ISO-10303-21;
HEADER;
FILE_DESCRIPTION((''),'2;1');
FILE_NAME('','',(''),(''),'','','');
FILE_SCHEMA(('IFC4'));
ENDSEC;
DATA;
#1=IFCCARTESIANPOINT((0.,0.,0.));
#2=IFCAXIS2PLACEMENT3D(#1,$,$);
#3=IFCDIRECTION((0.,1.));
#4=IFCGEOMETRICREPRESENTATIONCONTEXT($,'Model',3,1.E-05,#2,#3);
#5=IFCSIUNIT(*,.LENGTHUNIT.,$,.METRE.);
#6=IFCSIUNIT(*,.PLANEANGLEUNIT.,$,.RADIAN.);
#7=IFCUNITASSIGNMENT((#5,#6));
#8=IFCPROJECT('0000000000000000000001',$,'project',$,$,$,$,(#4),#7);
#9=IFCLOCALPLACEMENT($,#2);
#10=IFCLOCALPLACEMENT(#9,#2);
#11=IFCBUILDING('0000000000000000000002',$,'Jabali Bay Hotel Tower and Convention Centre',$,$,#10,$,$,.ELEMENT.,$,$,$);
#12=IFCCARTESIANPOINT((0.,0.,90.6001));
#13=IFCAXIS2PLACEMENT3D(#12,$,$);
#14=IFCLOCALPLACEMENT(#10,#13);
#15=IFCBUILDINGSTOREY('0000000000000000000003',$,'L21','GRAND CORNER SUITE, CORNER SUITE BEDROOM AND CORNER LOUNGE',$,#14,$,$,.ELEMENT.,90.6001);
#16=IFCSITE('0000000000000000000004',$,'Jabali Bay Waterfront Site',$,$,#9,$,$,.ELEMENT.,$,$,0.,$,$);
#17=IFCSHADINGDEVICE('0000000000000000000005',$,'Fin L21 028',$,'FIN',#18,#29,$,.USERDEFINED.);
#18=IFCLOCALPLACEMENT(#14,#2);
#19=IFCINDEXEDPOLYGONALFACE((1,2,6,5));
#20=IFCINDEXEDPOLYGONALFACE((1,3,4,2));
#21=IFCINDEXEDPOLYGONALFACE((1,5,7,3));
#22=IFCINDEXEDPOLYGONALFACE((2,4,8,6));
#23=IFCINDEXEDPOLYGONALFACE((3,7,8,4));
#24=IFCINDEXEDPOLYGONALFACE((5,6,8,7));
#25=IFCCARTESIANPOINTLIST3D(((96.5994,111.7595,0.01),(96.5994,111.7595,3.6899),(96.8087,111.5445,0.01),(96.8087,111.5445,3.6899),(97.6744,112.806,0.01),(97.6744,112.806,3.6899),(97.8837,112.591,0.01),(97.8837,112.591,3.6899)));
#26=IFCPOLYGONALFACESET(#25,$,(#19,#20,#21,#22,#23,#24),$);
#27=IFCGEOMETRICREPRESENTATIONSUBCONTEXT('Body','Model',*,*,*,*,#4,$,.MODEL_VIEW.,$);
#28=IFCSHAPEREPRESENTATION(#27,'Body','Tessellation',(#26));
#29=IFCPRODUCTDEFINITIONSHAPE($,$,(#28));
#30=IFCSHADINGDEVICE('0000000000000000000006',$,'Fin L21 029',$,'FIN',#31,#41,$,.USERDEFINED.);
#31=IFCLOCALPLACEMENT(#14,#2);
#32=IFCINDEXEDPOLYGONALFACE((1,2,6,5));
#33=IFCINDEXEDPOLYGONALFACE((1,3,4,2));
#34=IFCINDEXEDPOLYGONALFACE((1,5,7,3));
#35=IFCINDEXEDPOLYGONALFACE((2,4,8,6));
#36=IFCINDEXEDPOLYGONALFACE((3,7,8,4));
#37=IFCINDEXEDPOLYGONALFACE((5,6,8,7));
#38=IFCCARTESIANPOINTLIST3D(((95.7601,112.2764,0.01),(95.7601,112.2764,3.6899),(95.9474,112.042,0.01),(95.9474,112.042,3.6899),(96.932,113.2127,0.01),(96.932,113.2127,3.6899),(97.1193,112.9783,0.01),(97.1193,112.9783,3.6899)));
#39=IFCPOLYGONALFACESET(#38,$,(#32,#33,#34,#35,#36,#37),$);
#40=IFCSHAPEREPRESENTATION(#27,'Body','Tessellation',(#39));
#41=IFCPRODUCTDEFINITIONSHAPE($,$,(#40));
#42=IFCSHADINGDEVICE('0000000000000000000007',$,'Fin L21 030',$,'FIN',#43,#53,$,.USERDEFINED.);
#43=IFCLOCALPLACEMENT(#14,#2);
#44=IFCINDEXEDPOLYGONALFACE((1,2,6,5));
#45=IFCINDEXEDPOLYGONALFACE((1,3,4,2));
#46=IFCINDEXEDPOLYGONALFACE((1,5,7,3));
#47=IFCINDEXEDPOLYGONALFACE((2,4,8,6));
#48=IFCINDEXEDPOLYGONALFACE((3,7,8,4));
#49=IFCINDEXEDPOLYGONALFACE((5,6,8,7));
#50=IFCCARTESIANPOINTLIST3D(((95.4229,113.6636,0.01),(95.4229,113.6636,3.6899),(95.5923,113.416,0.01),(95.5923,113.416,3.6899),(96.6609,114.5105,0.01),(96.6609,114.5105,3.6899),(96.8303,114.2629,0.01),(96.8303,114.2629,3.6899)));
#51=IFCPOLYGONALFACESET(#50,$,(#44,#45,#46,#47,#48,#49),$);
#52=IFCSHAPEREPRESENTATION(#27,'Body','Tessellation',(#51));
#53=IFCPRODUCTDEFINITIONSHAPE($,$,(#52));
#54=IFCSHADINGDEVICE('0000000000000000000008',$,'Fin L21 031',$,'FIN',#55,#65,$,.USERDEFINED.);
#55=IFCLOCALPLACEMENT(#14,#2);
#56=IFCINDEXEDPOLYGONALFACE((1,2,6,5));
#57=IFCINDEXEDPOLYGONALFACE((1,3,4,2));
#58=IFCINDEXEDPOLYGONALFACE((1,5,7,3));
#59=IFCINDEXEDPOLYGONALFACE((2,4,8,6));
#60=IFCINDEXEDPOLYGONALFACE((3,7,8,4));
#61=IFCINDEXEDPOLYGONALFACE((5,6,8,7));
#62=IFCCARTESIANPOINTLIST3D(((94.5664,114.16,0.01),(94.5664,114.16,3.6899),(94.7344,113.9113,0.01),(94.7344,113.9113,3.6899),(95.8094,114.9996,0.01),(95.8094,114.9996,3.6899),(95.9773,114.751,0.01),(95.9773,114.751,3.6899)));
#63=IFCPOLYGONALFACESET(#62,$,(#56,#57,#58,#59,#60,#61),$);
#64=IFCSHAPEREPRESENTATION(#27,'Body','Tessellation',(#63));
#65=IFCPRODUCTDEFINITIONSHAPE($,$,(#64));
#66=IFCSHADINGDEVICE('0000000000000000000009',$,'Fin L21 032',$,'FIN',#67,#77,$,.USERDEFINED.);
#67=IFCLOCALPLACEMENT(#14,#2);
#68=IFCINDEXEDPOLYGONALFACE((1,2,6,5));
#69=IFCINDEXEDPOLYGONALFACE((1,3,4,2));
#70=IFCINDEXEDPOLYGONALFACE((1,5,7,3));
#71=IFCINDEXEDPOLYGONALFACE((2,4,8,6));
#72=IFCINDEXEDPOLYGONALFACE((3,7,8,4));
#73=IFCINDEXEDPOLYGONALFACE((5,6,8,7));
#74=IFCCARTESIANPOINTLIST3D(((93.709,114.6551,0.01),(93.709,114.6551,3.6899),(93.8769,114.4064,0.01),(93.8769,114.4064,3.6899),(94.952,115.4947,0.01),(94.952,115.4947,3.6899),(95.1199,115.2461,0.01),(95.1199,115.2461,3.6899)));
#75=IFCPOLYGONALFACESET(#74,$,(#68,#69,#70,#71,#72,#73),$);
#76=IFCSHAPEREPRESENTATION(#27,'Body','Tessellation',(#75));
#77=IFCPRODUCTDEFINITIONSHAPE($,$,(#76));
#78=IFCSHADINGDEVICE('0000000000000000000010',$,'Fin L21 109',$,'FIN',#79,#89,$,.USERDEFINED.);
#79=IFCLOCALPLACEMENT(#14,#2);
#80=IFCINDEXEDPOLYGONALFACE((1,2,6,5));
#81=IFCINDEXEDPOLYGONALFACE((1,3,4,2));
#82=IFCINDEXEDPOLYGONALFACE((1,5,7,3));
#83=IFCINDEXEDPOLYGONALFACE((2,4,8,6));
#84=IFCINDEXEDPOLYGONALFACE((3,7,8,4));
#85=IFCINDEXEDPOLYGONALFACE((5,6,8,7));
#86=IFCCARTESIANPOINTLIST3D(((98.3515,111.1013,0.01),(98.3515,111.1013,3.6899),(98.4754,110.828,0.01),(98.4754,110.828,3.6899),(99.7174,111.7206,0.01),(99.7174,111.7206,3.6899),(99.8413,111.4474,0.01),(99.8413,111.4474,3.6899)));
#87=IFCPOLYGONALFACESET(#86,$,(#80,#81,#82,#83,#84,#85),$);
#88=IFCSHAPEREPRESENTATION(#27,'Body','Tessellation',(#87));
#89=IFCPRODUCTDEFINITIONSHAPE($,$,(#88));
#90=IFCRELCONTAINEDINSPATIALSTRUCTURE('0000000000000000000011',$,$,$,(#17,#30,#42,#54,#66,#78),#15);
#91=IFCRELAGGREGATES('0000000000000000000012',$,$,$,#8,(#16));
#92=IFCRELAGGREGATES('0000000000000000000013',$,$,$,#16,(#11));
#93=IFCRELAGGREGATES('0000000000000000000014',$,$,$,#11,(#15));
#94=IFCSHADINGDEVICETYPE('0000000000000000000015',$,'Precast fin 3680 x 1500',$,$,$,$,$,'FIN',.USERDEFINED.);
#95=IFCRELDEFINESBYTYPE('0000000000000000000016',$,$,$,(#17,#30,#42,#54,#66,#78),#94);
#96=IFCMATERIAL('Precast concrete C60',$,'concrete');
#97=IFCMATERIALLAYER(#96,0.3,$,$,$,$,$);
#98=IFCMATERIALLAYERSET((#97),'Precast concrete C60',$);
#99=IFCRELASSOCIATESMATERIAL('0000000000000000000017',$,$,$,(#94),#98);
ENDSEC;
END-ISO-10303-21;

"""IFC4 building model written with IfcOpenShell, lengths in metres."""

from ifc_helpers import new_model, si_unit, direction, frame, frame_2d, origin, place, context, subcontext, project, spatial, rectangle, extrude, material, layer, layer_set, type_object, element, save


model = new_model("IFC4")

# Units and contexts
model_context = context("Model", 3, precision=1e-05, world=origin(), true_north=direction((0.0, 1.0)))
body_context = subcontext(model_context, "Body", "Model", "MODEL_VIEW")
ifc_project = project(units=[si_unit("LENGTHUNIT", "METRE"), si_unit("PLANEANGLEUNIT", "RADIAN")], contexts=[model_context])

# Site, building, storey
site_placement = place(None, origin())
site = spatial("IfcSite", under=ifc_project, at=site_placement, Name="Jabali Bay Waterfront Site", CompositionType="ELEMENT", RefElevation=0.0)
building_placement = place(site_placement, origin())
building = spatial("IfcBuilding", under=site, at=building_placement, Name="Jabali Bay Hotel Tower and Convention Centre", CompositionType="ELEMENT")
storey_placement = place(building_placement, frame((0.0, 0.0, 90.6001)))
storey = spatial("IfcBuildingStorey", under=building, at=storey_placement, Name="L21", Description="GRAND CORNER SUITE, CORNER SUITE BEDROOM AND CORNER LOUNGE", CompositionType="ELEMENT", Elevation=90.6001)

# Shading devices
ifc_material_1 = material(Name="Precast concrete C60", Category="concrete")
ifc_layer_1 = layer(ifc_material_1, 0.3)
ifc_layer_set_1 = layer_set([ifc_layer_1], Name="Precast concrete C60")
shading_device_type = type_object("IfcShadingDeviceType", Name="Precast fin 3680 x 1500", ElementType="FIN", PredefinedType="USERDEFINED", material=ifc_layer_set_1)
shading_device_1_placement = place(storey_placement, frame((96.7041, 111.6521, 0.01), z_axis=(0.0, 0.0, 1.0), x_axis=(0.716563, 0.697522, 0.0)))
element("IfcShadingDevice", 1, at=shading_device_1_placement, inside=storey, type_object=shading_device_type, Name="Fin L21 028", ObjectType="FIN", PredefinedType="USERDEFINED", context=body_context, shape_type="SweptSolid", body=[
    extrude(rectangle(XDim=1.5002, YDim=0.3, at=frame_2d((0.75, 0.0))), origin(), (0.0, 0.0, 1.0), 3.6799),
])
for number, where, z_axis, x_axis, name in (
    (2, (95.8538, 112.1592, 0.01), (0.0, 0.0, 1.0), (0.781266, 0.624199, 0.0), "Fin L21 029"),
    (3, (95.5076, 113.5398, 0.01), (0.0, 0.0, 1.0), (0.825355, 0.564614, 0.0), "Fin L21 030"),
    (4, (94.6504, 114.0356, 0.01), (0.0, 0.0, 1.0), (0.828654, 0.559761, 0.0), "Fin L21 031"),
    (5, (93.793, 114.5308, 0.01), (0.0, 0.0, 1.0), (0.828654, 0.559761, 0.0), "Fin L21 032"),
):
    element("IfcShadingDevice", number, at=place(storey_placement, frame(where, z_axis=z_axis, x_axis=x_axis)), inside=storey, type_object=shading_device_type, Name=name, ObjectType="FIN", PredefinedType="USERDEFINED", context=body_context, shape_type="SweptSolid", body=[
        extrude(rectangle(XDim=1.5, YDim=0.3, at=frame_2d((0.75, 0.0))), origin(), (0.0, 0.0, 1.0), 3.6799),
    ])
shading_device_2_placement = place(storey_placement, frame((98.4133, 110.9646, 0.01), z_axis=(0.0, 0.0, 1.0), x_axis=(0.910745, 0.412969, 0.0)))
element("IfcShadingDevice", 6, at=shading_device_2_placement, inside=storey, type_object=shading_device_type, Name="Fin L21 109", ObjectType="FIN", PredefinedType="USERDEFINED", context=body_context, shape_type="SweptSolid", body=[
    extrude(rectangle(XDim=1.4998, YDim=0.3, at=frame_2d((0.75, 0.0))), origin(), (0.0, 0.0, 1.0), 3.6799),
])

save(model, "model.ifc")
